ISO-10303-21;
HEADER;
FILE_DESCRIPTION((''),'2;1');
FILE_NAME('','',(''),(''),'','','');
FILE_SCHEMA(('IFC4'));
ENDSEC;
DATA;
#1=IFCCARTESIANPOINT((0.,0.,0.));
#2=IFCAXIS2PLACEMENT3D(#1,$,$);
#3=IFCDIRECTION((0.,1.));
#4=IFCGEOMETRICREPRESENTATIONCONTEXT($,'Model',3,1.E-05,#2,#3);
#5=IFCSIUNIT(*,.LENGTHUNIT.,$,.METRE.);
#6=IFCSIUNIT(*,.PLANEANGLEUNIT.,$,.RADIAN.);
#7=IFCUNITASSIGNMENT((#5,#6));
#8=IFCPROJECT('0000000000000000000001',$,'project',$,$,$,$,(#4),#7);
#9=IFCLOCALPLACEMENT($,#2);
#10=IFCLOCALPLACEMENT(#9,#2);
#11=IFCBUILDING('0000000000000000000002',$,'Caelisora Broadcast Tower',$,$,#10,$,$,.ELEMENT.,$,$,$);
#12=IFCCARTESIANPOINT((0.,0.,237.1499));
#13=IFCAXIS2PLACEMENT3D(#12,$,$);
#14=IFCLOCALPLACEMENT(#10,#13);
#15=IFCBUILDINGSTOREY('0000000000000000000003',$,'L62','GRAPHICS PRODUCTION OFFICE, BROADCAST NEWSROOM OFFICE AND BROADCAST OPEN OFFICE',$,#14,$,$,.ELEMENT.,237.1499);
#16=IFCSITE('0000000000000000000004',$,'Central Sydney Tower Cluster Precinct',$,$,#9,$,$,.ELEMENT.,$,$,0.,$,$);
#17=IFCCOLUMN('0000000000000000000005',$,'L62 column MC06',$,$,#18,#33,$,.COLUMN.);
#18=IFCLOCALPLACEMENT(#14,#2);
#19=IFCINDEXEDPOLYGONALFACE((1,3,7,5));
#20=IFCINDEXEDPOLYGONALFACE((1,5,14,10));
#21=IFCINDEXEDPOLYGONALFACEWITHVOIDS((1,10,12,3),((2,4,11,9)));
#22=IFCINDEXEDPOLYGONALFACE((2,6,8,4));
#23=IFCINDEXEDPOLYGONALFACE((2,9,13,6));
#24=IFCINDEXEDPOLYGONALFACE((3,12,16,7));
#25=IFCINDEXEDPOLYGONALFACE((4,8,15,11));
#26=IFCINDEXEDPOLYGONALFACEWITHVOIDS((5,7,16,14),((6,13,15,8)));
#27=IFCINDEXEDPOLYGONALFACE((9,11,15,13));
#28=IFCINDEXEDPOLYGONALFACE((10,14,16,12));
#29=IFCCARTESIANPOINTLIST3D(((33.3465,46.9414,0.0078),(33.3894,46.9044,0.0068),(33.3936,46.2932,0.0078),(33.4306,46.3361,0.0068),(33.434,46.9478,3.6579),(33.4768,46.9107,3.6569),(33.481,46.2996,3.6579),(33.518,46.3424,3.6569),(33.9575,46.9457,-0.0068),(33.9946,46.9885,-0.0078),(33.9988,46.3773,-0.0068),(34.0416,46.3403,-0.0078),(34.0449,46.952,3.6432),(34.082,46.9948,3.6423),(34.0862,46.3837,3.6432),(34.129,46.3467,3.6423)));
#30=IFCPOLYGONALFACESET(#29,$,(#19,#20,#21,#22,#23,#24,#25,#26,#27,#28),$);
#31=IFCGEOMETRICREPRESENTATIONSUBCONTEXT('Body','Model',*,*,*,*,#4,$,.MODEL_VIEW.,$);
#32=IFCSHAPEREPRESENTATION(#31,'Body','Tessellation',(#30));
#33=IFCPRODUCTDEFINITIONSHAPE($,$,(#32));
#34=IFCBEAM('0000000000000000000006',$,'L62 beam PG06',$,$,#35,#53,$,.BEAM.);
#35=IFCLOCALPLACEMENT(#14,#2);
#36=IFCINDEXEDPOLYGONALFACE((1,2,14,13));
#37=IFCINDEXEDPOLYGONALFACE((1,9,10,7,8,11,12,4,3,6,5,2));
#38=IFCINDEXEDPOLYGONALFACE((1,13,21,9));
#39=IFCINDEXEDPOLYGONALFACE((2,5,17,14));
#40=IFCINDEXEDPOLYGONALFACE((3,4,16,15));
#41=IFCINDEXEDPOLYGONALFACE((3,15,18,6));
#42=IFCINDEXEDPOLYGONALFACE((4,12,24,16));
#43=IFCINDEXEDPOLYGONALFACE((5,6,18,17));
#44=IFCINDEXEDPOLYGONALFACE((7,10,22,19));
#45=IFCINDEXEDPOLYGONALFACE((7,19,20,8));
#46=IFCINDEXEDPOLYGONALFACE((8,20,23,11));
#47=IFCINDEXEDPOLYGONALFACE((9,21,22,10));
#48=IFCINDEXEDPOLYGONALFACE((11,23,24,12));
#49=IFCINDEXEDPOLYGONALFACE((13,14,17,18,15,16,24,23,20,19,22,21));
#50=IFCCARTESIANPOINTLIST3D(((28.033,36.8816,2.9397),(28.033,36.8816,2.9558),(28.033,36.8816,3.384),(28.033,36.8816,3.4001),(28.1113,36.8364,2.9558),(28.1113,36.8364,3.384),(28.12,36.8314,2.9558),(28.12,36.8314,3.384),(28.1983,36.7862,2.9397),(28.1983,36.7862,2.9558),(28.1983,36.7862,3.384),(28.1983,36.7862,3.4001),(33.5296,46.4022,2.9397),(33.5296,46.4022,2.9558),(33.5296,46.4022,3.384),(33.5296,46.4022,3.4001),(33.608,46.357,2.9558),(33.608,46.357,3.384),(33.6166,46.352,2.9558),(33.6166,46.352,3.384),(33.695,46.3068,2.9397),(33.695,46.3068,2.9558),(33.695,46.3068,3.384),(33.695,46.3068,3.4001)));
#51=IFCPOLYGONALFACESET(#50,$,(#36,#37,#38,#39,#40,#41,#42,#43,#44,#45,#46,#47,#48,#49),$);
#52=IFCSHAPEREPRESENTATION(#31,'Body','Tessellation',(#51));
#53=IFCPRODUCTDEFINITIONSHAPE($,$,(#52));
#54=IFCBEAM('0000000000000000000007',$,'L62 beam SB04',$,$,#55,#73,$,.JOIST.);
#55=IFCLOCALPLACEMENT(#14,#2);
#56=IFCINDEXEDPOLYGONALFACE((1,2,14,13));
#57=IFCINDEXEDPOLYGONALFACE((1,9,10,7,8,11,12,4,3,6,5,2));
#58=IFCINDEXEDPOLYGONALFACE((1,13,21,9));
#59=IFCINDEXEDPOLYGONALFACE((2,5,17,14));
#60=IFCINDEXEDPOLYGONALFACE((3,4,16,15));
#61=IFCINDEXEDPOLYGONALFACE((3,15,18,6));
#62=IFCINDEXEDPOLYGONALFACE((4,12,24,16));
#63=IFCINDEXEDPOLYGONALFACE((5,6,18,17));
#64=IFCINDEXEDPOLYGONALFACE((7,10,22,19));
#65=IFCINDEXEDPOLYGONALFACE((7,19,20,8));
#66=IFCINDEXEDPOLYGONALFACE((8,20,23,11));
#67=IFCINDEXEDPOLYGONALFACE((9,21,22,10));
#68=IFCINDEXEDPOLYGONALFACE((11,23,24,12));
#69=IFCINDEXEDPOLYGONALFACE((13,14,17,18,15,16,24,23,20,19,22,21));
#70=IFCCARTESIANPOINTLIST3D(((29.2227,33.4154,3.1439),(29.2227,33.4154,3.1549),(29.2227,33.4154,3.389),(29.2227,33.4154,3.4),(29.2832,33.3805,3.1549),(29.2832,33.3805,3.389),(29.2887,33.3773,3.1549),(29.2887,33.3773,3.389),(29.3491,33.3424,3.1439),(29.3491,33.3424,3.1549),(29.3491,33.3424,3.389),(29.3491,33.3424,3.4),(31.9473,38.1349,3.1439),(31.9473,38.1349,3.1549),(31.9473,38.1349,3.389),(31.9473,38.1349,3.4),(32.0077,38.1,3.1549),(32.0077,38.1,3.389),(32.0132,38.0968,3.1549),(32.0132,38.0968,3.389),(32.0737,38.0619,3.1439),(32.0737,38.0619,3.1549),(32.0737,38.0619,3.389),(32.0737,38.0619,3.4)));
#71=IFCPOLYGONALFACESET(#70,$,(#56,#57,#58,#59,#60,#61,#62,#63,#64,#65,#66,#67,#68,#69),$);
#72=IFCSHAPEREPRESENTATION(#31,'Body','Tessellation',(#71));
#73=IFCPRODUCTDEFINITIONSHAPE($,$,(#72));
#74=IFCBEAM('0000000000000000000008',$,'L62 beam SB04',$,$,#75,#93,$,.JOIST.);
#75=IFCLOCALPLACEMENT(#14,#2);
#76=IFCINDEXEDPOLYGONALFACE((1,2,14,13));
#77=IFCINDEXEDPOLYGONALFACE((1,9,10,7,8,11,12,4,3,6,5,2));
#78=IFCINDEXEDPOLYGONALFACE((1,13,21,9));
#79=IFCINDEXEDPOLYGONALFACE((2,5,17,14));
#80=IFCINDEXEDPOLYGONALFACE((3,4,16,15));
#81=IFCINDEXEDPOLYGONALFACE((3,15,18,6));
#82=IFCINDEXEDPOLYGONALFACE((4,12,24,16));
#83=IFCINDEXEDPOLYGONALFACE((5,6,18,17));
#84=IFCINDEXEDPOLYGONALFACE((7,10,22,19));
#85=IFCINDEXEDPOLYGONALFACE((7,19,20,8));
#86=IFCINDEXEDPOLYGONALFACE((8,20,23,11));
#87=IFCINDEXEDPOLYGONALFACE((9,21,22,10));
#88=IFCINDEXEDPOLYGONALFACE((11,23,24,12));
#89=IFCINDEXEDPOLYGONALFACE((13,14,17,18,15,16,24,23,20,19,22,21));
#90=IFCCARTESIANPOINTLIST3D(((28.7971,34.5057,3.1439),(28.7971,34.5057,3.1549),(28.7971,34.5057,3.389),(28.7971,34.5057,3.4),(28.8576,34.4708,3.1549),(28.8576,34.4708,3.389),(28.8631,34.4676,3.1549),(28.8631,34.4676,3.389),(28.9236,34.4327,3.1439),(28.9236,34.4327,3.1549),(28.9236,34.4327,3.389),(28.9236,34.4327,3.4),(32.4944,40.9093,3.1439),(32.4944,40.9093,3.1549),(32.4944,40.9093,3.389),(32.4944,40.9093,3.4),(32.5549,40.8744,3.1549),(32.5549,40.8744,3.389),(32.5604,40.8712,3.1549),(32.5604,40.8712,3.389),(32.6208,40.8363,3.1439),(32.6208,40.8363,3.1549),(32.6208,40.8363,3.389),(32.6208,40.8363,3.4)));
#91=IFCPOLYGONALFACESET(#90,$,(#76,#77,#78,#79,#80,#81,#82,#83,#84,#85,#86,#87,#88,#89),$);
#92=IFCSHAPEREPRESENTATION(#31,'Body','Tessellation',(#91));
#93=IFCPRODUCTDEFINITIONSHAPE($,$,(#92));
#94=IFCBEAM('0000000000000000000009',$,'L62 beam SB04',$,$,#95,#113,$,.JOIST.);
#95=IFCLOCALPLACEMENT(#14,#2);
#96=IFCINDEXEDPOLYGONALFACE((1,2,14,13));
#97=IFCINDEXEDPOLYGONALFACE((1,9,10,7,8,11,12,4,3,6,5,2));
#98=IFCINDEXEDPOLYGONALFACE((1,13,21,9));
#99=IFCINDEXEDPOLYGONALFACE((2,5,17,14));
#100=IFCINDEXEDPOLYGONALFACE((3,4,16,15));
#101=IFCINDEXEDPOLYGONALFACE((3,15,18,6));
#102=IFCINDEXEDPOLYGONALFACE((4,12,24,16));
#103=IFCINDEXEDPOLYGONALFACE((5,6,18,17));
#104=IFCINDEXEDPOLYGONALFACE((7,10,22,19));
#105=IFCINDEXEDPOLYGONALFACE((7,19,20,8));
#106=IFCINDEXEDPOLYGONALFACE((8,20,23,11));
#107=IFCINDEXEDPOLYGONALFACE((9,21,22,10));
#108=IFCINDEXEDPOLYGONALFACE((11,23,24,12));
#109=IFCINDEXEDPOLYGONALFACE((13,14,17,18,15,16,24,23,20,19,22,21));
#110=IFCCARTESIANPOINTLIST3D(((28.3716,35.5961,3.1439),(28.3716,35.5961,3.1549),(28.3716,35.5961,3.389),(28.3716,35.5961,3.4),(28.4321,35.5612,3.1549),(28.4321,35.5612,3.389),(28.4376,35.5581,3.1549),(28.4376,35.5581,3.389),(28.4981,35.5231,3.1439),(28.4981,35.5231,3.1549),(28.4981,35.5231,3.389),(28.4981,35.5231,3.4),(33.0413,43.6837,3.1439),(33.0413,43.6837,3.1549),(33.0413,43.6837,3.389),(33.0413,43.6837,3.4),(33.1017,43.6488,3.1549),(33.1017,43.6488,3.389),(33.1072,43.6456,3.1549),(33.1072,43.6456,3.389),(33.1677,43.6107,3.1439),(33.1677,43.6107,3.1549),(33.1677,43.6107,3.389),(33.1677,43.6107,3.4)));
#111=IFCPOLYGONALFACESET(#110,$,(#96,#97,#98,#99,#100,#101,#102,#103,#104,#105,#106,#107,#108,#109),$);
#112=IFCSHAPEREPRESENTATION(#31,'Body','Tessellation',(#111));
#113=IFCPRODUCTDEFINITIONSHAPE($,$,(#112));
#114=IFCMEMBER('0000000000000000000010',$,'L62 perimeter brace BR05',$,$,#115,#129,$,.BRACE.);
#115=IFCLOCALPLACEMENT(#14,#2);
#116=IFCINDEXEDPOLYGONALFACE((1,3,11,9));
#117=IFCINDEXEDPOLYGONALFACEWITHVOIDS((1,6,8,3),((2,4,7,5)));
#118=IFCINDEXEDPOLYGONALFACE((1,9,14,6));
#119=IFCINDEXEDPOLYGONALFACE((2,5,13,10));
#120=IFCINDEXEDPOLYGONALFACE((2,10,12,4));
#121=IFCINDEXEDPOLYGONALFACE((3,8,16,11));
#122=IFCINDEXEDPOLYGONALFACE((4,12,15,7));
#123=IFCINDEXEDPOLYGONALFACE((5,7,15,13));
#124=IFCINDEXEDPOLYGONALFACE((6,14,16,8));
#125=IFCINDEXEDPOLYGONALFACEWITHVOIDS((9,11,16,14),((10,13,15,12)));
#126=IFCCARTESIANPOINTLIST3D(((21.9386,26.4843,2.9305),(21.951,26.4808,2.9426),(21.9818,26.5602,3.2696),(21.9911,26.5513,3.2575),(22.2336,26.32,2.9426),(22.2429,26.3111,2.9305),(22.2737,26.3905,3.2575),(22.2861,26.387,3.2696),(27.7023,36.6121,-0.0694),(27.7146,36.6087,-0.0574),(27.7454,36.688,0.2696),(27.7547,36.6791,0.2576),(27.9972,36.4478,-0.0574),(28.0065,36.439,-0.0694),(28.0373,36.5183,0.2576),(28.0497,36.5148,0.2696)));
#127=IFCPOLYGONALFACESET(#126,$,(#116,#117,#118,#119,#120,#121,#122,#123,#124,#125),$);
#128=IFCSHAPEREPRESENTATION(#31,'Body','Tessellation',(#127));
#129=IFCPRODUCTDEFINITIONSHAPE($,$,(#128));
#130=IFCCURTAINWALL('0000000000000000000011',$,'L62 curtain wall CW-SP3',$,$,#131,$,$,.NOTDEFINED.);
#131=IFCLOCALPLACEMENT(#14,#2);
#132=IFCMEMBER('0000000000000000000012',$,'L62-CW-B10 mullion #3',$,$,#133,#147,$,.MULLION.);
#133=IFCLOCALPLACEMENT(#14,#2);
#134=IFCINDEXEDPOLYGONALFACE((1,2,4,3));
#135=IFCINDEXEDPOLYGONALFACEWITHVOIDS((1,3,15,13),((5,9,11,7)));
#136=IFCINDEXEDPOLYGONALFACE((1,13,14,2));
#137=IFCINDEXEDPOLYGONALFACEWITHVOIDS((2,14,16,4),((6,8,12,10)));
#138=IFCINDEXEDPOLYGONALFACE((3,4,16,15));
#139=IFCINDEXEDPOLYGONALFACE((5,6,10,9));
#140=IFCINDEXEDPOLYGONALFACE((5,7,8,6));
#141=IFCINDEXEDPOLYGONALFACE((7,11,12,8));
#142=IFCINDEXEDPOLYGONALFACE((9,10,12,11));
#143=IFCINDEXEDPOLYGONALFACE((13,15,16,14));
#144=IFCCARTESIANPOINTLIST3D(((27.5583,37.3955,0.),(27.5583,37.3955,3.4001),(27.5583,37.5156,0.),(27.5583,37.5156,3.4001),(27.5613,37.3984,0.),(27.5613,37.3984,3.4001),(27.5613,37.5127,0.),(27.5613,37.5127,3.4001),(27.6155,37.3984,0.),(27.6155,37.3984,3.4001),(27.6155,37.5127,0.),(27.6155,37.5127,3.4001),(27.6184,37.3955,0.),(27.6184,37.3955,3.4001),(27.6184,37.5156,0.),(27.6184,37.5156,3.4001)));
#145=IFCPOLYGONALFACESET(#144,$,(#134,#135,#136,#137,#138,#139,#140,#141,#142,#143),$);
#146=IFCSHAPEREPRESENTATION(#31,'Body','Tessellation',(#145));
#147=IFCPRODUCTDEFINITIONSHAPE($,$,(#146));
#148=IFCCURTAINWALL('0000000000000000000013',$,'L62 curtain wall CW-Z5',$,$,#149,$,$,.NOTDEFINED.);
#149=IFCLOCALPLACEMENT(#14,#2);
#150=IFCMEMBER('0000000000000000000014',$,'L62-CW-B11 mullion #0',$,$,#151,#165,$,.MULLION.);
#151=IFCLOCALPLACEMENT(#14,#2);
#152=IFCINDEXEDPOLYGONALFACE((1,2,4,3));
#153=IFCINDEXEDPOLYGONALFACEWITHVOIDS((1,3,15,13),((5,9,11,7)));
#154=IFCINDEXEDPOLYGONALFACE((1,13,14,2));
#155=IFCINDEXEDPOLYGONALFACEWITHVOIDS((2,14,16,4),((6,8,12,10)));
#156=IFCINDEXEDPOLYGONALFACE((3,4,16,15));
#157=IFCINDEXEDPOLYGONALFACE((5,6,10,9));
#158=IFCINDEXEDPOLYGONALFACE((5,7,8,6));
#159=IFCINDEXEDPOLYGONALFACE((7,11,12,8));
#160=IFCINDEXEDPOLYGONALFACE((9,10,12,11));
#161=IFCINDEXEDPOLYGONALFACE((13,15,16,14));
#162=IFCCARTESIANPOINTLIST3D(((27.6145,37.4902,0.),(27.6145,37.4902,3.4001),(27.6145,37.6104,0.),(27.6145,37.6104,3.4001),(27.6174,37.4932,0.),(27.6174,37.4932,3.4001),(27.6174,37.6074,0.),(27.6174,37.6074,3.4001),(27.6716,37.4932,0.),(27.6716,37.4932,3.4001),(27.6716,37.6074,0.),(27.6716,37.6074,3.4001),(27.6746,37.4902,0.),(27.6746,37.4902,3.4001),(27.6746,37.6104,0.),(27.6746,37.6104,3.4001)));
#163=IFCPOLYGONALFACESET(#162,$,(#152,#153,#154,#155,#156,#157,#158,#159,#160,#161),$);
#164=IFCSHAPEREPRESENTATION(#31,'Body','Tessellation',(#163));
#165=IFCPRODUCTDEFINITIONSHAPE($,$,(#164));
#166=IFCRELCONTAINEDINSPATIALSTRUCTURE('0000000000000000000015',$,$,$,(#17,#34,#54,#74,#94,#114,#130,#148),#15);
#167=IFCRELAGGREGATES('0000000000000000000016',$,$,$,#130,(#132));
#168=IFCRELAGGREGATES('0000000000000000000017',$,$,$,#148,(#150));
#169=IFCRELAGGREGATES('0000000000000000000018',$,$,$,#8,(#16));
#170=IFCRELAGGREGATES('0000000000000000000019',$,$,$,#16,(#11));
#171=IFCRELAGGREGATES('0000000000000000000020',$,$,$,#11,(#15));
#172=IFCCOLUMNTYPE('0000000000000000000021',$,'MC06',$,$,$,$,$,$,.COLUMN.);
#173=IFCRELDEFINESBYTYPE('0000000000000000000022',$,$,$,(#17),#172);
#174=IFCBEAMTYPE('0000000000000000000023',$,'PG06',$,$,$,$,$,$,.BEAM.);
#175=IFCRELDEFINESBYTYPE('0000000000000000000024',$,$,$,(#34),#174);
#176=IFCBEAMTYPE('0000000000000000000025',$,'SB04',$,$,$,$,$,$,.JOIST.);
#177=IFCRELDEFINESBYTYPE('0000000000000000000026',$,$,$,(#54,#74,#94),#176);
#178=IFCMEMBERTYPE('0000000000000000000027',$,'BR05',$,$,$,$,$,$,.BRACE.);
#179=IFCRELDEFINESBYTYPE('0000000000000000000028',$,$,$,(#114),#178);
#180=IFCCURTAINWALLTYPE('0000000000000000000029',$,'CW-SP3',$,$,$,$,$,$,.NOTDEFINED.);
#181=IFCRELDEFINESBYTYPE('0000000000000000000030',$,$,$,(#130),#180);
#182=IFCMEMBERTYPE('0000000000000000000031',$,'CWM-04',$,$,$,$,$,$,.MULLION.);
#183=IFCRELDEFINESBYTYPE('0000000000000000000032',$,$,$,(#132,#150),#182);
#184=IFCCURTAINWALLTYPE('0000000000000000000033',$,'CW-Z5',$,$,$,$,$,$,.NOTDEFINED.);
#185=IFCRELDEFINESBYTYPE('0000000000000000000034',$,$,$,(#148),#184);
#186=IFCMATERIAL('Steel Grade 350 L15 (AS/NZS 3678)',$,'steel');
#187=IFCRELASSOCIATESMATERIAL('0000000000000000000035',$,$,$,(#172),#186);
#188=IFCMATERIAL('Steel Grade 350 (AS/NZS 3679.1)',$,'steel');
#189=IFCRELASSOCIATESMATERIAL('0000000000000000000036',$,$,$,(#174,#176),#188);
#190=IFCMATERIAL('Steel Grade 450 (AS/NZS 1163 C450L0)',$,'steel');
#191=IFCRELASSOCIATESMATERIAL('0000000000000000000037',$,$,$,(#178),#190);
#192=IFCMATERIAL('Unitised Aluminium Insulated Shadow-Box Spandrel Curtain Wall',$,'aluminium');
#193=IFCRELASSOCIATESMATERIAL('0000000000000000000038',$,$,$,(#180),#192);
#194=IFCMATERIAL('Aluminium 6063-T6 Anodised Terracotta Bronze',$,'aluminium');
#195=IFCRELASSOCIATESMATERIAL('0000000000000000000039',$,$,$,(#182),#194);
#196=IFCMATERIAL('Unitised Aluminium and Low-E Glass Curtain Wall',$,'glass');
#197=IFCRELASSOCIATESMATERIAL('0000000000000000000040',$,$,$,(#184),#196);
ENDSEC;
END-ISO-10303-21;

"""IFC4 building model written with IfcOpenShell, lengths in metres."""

from ifc_helpers import new_model, si_unit, direction, frame, origin, origin_2d, place, context, subcontext, project, spatial, hollow_rectangle, i_section, extrude, source, transform, mapped, material, material_profile, profile_set, type_object, type_shapes, element, aggregate, save


model = new_model("IFC4")

# Units and contexts
model_context = context("Model", 3, precision=1e-05, world=origin(), true_north=direction((0.0, 1.0)))
body_context = subcontext(model_context, "Body", "Model", "MODEL_VIEW")
ifc_project = project(units=[si_unit("LENGTHUNIT", "METRE"), si_unit("PLANEANGLEUNIT", "RADIAN")], contexts=[model_context])

# Site, building, storey
site_placement = place(None, origin())
site = spatial("IfcSite", under=ifc_project, at=site_placement, Name="Central Sydney Tower Cluster Precinct", CompositionType="ELEMENT", RefElevation=0.0)
building_placement = place(site_placement, origin())
building = spatial("IfcBuilding", under=site, at=building_placement, Name="Caelisora Broadcast Tower", CompositionType="ELEMENT")
storey_placement = place(building_placement, frame((0.0, 0.0, 237.1499)))
storey = spatial("IfcBuildingStorey", under=building, at=storey_placement, Name="L62", Description="GRAPHICS PRODUCTION OFFICE, BROADCAST NEWSROOM OFFICE AND BROADCAST OPEN OFFICE", CompositionType="ELEMENT", Elevation=237.1499)

# Column
ifc_material_1 = material(Name="Steel Grade 350 L15 (AS/NZS 3678)", Category="steel")
ifc_material_profile_1 = material_profile(ifc_material_1, hollow_rectangle(XDim=0.6499, YDim=0.6499, WallThickness=0.04, at=origin_2d()), Name="Steel Grade 350 L15 (AS/NZS 3678)")
ifc_profile_set_1 = profile_set([ifc_material_profile_1], Name="Steel Grade 350 L15 (AS/NZS 3678)")
column_type = type_object("IfcColumnType", Name="MC06", PredefinedType="COLUMN", material=ifc_profile_set_1)
shared_shape_1 = source(origin(), body_context, "Body", "SweptSolid", [
    extrude(hollow_rectangle(XDim=0.6499, YDim=0.6499, WallThickness=0.04, at=origin_2d()), origin(), (0.0, 0.0, 1.0), 3.6511),
])
type_shapes(column_type, [shared_shape_1])
column_placement = place(storey_placement, frame((33.6941, 46.6409, 0.0), z_axis=(0.023938, 0.001739, 0.999712), x_axis=(-0.072435, 0.997373, 0.0)))
element("IfcColumn", 1, at=column_placement, inside=storey, type_object=column_type, Name="L62 column MC06", PredefinedType="COLUMN", context=body_context, shape_type="MappedRepresentation", body=[
    mapped(shared_shape_1, transform((0.0, 0.0, 0.0), scale=1.0)),
])

# Beams
ifc_material_2 = material(Name="Steel Grade 350 (AS/NZS 3679.1)", Category="steel")
ifc_material_profile_2 = material_profile(ifc_material_2, i_section(OverallWidth=0.1909, OverallDepth=0.4604, WebThickness=0.01, FlangeThickness=0.0161, at=origin_2d()), Name="Steel Grade 350 (AS/NZS 3679.1)")
ifc_profile_set_2 = profile_set([ifc_material_profile_2], Name="Steel Grade 350 (AS/NZS 3679.1)")
beam_type_1 = type_object("IfcBeamType", Name="PG06", PredefinedType="BEAM", material=ifc_profile_set_2)
shared_shape_2 = source(origin(), body_context, "Body", "SweptSolid", [
    extrude(i_section(OverallWidth=0.1909, OverallDepth=0.4604, WebThickness=0.01, FlangeThickness=0.0161, at=origin_2d()), origin(), (0.0, 0.0, 1.0), 10.9934),
])
type_shapes(beam_type_1, [shared_shape_2])
beam_1_placement = place(storey_placement, frame((33.6123, 46.3545, 3.1699), z_axis=(-0.499994, -0.866029, 0.0), x_axis=(0.866029, -0.499994, 0.0)))
element("IfcBeam", 2, at=beam_1_placement, inside=storey, type_object=beam_type_1, Name="L62 beam PG06", PredefinedType="BEAM", context=body_context, shape_type="MappedRepresentation", body=[
    mapped(shared_shape_2, transform((0.0, 0.0, 0.0), scale=1.0)),
])
ifc_material_profile_3 = material_profile(ifc_material_2, i_section(OverallWidth=0.146, OverallDepth=0.2561, WebThickness=0.0063, FlangeThickness=0.011, at=origin_2d()), Name="Steel Grade 350 (AS/NZS 3679.1)")
ifc_profile_set_3 = profile_set([ifc_material_profile_3], Name="Steel Grade 350 (AS/NZS 3679.1)")
beam_type_2 = type_object("IfcBeamType", Name="SB04", PredefinedType="JOIST", material=ifc_profile_set_3)
shared_shape_3 = source(origin(), body_context, "Body", "SweptSolid", [
    extrude(i_section(OverallWidth=0.146, OverallDepth=0.2561, WebThickness=0.0063, FlangeThickness=0.011, at=origin_2d()), origin(), (0.0, 0.0, 1.0), 5.4495),
])
beam_2_placement = place(storey_placement, frame((32.0105, 38.0984, 3.272), z_axis=(-0.499975, -0.86604, 0.0), x_axis=(0.86604, -0.499975, 0.0)))
element("IfcBeam", 3, at=beam_2_placement, inside=storey, type_object=beam_type_2, Name="L62 beam SB04", PredefinedType="JOIST", context=body_context, shape_type="MappedRepresentation", body=[
    mapped(shared_shape_3, transform((0.0, 0.0, 0.0), scale=1.0)),
])
shared_shape_4 = source(origin(), body_context, "Body", "SweptSolid", [
    extrude(i_section(OverallWidth=0.146, OverallDepth=0.2561, WebThickness=0.0063, FlangeThickness=0.011, at=origin_2d()), origin(), (0.0, 0.0, 1.0), 7.3943),
])
beam_3_placement = place(storey_placement, frame((32.5576, 40.8728, 3.272), z_axis=(-0.500017, -0.866016, 0.0), x_axis=(0.866016, -0.500017, 0.0)))
element("IfcBeam", 4, at=beam_3_placement, inside=storey, type_object=beam_type_2, Name="L62 beam SB04", PredefinedType="JOIST", context=body_context, shape_type="MappedRepresentation", body=[
    mapped(shared_shape_4, transform((0.0, 0.0, 0.0), scale=1.0)),
])
shared_shape_5 = source(origin(), body_context, "Body", "SweptSolid", [
    extrude(i_section(OverallWidth=0.146, OverallDepth=0.2561, WebThickness=0.0063, FlangeThickness=0.011, at=origin_2d()), origin(), (0.0, 0.0, 1.0), 9.3389),
])
type_shapes(beam_type_2, [shared_shape_3, shared_shape_4, shared_shape_5])
beam_4_placement = place(storey_placement, frame((33.1045, 43.6472, 3.272), z_axis=(-0.500022, -0.866013, 0.0), x_axis=(0.866013, -0.500022, 0.0)))
element("IfcBeam", 5, at=beam_4_placement, inside=storey, type_object=beam_type_2, Name="L62 beam SB04", PredefinedType="JOIST", context=body_context, shape_type="MappedRepresentation", body=[
    mapped(shared_shape_5, transform((0.0, 0.0, 0.0), scale=1.0)),
])

# Member
ifc_material_3 = material(Name="Steel Grade 450 (AS/NZS 1163 C450L0)", Category="steel")
ifc_material_profile_4 = material_profile(ifc_material_3, hollow_rectangle(XDim=0.3501, YDim=0.3501, WallThickness=0.0125, at=origin_2d()), Name="Steel Grade 450 (AS/NZS 1163 C450L0)")
ifc_profile_set_4 = profile_set([ifc_material_profile_4], Name="Steel Grade 450 (AS/NZS 1163 C450L0)")
member_type_1 = type_object("IfcMemberType", Name="BR05", PredefinedType="BRACE", material=ifc_profile_set_4)
shared_shape_6 = source(origin(), body_context, "Body", "SweptSolid", [
    extrude(hollow_rectangle(XDim=0.3501, YDim=0.3501, WallThickness=0.0125, at=origin_2d()), origin(), (0.0, 0.0, 1.0), 12.033),
])
type_shapes(member_type_1, [shared_shape_6])
member_1_placement = place(storey_placement, frame((27.876, 36.5635, 0.1001), z_axis=(-0.478986, -0.841674, 0.249313), x_axis=(0.869118, -0.494604, 0.0)))
element("IfcMember", 6, at=member_1_placement, inside=storey, type_object=member_type_1, Name="L62 perimeter brace BR05", PredefinedType="BRACE", context=body_context, shape_type="MappedRepresentation", body=[
    mapped(shared_shape_6, transform((0.0, 0.0, 0.0), scale=1.0)),
])

# Curtain wall, member
ifc_material_4 = material(Name="Unitised Aluminium Insulated Shadow-Box Spandrel Curtain Wall", Category="aluminium")
curtain_wall_type_1 = type_object("IfcCurtainWallType", Name="CW-SP3", PredefinedType="NOTDEFINED", material=ifc_material_4)
curtain_wall_1_placement = place(storey_placement, origin())
curtain_wall_1 = element("IfcCurtainWall", 7, at=curtain_wall_1_placement, inside=storey, type_object=curtain_wall_type_1, Name="L62 curtain wall CW-SP3", PredefinedType="NOTDEFINED")
ifc_material_5 = material(Name="Aluminium 6063-T6 Anodised Terracotta Bronze", Category="aluminium")
ifc_material_profile_5 = material_profile(ifc_material_5, hollow_rectangle(XDim=0.0601, YDim=0.1201, WallThickness=0.0029, at=origin_2d()), Name="Aluminium 6063-T6 Anodised Terracotta Bronze")
ifc_profile_set_5 = profile_set([ifc_material_profile_5], Name="Aluminium 6063-T6 Anodised Terracotta Bronze")
member_type_2 = type_object("IfcMemberType", Name="CWM-04", PredefinedType="MULLION", material=ifc_profile_set_5)
shared_shape_7 = source(origin(), body_context, "Body", "SweptSolid", [
    extrude(hollow_rectangle(XDim=0.0601, YDim=0.1201, WallThickness=0.0029, at=origin_2d()), origin(), (0.0, 0.0, 1.0), 3.4001),
])
type_shapes(member_type_2, [shared_shape_7])
member_2_placement = place(storey_placement, frame((27.5884, 37.4556, 0.0), z_axis=(0.0, 0.0, 1.0), x_axis=(1.0, 0.0, 0.0)))
member_2 = element("IfcMember", 8, at=member_2_placement, type_object=member_type_2, Name="L62-CW-B10 mullion #3", PredefinedType="MULLION", context=body_context, shape_type="MappedRepresentation", body=[
    mapped(shared_shape_7, transform((0.0, 0.0, 0.0), scale=1.0)),
])
aggregate(curtain_wall_1, [member_2])

# Curtain wall, member
ifc_material_6 = material(Name="Unitised Aluminium and Low-E Glass Curtain Wall", Category="glass")
curtain_wall_type_2 = type_object("IfcCurtainWallType", Name="CW-Z5", PredefinedType="NOTDEFINED", material=ifc_material_6)
curtain_wall_2_placement = place(storey_placement, origin())
curtain_wall_2 = element("IfcCurtainWall", 9, at=curtain_wall_2_placement, inside=storey, type_object=curtain_wall_type_2, Name="L62 curtain wall CW-Z5", PredefinedType="NOTDEFINED")
member_3_placement = place(storey_placement, frame((27.6445, 37.5503, 0.0), z_axis=(0.0, 0.0, 1.0), x_axis=(1.0, 0.0, 0.0)))
member_3 = element("IfcMember", 10, at=member_3_placement, type_object=member_type_2, Name="L62-CW-B11 mullion #0", PredefinedType="MULLION", context=body_context, shape_type="MappedRepresentation", body=[
    mapped(shared_shape_7, transform((0.0, 0.0, 0.0), scale=1.0)),
])

aggregate(curtain_wall_2, [member_3])

save(model, "model.ifc")
